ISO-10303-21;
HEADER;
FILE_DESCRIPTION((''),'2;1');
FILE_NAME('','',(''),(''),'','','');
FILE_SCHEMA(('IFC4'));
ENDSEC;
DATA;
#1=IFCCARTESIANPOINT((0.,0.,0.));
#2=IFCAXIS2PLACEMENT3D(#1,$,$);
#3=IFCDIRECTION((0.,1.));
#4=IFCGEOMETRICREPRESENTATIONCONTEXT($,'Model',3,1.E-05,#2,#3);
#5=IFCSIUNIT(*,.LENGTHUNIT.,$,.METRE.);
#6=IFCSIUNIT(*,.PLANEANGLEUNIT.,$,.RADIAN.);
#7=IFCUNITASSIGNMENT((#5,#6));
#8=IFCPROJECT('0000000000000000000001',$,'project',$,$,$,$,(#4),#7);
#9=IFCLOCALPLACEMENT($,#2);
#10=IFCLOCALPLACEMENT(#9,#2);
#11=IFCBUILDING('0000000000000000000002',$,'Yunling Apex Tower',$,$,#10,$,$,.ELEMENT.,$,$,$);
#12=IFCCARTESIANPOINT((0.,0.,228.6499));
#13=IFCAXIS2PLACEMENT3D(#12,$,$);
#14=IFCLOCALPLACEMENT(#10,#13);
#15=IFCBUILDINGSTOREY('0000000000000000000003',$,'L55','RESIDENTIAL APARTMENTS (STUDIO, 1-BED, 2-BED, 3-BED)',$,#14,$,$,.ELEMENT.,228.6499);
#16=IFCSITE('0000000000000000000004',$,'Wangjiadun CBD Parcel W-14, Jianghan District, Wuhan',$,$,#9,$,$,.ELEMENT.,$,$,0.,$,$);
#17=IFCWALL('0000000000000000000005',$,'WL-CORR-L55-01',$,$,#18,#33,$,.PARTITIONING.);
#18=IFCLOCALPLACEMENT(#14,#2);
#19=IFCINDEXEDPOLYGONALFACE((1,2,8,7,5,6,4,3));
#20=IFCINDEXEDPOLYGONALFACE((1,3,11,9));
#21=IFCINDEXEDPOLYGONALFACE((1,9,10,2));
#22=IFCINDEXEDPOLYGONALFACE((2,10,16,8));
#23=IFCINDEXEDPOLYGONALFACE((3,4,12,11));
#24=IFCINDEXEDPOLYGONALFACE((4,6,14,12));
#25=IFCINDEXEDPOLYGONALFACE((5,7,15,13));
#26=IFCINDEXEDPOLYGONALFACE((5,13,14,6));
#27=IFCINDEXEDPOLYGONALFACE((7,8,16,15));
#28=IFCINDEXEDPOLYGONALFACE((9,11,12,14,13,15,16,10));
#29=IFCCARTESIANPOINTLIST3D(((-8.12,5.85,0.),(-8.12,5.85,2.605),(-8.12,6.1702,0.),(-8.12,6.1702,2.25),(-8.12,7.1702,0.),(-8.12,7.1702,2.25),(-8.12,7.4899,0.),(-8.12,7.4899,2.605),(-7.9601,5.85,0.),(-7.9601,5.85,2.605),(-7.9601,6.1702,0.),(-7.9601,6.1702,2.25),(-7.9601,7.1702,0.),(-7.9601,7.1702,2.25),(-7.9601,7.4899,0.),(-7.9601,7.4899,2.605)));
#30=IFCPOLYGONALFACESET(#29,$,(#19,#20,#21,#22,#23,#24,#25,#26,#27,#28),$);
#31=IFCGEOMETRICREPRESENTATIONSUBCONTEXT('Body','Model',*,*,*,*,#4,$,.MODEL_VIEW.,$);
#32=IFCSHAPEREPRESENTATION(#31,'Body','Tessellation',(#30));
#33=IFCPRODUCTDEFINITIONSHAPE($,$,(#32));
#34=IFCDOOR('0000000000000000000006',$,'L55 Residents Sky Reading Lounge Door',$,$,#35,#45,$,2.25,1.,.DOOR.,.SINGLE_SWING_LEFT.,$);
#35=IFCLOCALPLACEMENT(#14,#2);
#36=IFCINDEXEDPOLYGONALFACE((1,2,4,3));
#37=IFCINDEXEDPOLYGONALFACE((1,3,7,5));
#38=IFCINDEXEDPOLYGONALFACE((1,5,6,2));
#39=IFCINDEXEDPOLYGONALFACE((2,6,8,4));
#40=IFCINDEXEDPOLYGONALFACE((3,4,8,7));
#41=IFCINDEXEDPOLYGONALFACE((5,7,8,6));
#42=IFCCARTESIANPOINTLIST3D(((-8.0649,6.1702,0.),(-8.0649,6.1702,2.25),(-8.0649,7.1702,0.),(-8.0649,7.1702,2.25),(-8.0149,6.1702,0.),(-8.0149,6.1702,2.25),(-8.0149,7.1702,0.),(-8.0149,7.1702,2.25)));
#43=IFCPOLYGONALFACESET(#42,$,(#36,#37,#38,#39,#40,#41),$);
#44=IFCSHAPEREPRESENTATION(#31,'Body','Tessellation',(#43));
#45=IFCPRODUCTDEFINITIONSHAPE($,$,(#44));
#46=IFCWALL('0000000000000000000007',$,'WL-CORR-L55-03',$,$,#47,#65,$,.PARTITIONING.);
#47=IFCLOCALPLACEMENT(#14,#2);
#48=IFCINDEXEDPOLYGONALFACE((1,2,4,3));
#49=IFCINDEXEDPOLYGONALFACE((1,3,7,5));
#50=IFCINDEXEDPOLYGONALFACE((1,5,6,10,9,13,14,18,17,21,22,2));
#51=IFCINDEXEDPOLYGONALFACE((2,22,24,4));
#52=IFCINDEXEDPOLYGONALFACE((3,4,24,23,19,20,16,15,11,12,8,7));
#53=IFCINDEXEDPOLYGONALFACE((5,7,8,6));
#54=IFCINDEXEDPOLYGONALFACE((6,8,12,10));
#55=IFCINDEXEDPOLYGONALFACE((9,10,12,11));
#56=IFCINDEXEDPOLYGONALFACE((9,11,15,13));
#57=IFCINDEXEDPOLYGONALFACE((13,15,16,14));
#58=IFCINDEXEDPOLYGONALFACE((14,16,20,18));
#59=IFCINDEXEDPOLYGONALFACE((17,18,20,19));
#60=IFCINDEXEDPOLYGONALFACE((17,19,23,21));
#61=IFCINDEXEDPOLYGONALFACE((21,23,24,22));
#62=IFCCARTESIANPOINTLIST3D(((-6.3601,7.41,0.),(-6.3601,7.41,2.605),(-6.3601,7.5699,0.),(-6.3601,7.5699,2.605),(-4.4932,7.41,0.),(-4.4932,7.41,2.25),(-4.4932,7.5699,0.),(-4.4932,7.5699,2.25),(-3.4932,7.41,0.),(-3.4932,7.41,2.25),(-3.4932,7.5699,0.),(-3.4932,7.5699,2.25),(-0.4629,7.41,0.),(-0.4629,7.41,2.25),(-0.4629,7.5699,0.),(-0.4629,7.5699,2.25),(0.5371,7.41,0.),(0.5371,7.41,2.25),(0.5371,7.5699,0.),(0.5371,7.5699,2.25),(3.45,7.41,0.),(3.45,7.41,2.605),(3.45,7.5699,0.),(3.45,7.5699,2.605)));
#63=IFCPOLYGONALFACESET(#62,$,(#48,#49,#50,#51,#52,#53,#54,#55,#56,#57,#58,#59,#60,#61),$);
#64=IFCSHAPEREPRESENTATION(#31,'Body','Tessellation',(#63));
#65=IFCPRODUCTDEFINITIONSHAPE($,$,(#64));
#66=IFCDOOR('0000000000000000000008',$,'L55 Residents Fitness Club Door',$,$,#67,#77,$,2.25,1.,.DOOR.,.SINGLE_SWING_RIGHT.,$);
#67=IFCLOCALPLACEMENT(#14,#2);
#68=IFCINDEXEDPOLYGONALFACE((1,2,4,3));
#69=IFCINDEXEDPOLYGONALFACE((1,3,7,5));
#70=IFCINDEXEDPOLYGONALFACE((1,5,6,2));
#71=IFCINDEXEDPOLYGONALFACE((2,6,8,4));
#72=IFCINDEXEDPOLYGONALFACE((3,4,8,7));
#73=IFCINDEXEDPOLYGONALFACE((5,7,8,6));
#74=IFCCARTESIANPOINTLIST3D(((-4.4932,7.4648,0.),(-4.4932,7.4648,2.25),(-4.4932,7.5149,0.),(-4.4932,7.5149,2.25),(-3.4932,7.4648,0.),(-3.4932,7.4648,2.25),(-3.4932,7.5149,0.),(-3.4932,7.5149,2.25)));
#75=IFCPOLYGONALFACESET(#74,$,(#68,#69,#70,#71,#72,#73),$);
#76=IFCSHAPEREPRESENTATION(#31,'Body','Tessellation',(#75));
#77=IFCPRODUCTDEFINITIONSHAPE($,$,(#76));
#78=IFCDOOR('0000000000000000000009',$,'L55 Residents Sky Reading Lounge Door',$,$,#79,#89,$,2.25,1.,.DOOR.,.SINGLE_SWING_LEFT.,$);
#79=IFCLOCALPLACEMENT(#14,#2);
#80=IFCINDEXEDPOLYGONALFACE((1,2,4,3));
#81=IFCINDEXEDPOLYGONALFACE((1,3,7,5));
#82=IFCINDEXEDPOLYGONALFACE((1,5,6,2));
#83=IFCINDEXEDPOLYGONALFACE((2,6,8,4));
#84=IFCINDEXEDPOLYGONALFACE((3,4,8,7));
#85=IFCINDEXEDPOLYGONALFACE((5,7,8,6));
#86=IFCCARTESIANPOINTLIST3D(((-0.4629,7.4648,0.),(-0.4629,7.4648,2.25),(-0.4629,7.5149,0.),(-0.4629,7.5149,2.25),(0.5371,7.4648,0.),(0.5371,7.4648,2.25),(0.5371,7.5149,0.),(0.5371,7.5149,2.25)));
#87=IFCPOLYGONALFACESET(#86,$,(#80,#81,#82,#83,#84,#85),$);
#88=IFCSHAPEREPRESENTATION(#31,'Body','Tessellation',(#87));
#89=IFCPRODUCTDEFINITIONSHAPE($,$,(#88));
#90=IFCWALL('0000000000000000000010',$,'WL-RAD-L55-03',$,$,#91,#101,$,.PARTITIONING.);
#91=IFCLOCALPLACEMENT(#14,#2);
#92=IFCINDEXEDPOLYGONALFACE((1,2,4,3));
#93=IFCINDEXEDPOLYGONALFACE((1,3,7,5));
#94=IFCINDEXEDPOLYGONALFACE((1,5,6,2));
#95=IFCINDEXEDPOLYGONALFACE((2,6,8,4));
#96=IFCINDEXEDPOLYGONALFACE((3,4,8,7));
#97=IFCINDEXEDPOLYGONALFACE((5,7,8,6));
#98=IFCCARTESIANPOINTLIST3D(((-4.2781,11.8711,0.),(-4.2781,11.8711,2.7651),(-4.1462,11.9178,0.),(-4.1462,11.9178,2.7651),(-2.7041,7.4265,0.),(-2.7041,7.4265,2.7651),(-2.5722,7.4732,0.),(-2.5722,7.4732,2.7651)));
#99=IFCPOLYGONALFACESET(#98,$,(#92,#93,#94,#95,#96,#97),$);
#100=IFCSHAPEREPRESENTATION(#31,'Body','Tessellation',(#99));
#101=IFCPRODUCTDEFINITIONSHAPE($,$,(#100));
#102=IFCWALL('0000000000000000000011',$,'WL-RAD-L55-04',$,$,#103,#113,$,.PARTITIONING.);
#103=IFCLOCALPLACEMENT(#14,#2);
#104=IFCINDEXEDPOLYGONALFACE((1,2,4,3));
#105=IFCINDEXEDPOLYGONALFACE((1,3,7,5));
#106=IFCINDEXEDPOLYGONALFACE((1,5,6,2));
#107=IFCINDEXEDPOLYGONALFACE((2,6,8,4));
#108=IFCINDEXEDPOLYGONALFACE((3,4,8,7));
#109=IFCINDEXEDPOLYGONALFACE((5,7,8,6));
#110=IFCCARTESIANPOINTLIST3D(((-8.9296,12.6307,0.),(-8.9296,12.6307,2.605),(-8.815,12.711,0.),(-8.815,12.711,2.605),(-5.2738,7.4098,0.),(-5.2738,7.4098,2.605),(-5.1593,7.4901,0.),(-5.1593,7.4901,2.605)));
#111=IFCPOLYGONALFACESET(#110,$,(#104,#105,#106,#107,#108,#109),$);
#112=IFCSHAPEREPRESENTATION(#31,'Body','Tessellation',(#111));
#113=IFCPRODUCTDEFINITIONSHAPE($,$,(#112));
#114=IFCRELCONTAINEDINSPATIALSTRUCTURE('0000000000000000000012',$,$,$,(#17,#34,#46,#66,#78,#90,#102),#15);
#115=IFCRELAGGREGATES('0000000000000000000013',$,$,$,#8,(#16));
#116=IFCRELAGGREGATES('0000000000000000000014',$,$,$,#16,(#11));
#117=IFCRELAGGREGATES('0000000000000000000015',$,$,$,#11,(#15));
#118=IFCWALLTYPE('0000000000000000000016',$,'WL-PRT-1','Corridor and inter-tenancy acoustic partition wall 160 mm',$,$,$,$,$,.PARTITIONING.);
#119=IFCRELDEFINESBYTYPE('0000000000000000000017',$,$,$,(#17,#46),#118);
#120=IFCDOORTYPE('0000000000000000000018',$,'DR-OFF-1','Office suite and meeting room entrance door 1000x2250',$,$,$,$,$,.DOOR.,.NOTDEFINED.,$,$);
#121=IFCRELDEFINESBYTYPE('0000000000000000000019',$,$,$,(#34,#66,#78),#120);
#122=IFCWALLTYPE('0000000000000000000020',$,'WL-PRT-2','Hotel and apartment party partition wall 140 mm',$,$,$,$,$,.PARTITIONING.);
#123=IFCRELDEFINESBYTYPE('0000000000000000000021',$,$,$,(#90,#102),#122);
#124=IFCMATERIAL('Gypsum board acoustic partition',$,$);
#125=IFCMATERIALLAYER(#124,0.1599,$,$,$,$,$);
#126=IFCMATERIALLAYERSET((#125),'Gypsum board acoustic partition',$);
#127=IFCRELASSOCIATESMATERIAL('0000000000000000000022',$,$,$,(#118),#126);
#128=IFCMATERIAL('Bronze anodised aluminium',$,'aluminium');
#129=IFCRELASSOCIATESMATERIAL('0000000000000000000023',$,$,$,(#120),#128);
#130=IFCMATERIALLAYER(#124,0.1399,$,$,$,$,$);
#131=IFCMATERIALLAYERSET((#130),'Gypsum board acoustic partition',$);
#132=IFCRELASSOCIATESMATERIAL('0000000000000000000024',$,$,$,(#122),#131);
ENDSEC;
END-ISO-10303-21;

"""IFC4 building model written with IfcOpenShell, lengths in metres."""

from ifc_helpers import new_model, si_unit, direction, frame, frame_2d, origin, place, context, subcontext, project, spatial, rectangle, extrude, material, layer, layer_set, type_object, element, fill, save


model = new_model("IFC4")

# Units and contexts
model_context = context("Model", 3, precision=1e-05, world=origin(), true_north=direction((0.0, 1.0)))
body_context = subcontext(model_context, "Body", "Model", "MODEL_VIEW")
ifc_project = project(units=[si_unit("LENGTHUNIT", "METRE"), si_unit("PLANEANGLEUNIT", "RADIAN")], contexts=[model_context])

# Site, building, storey
site_placement = place(None, origin())
site = spatial("IfcSite", under=ifc_project, at=site_placement, Name="Wangjiadun CBD Parcel W-14, Jianghan District, Wuhan", CompositionType="ELEMENT", RefElevation=0.0)
building_placement = place(site_placement, origin())
building = spatial("IfcBuilding", under=site, at=building_placement, Name="Yunling Apex Tower", CompositionType="ELEMENT")
storey_placement = place(building_placement, frame((0.0, 0.0, 228.6499)))
storey = spatial("IfcBuildingStorey", under=building, at=storey_placement, Name="L55", Description="RESIDENTIAL APARTMENTS (STUDIO, 1-BED, 2-BED, 3-BED)", CompositionType="ELEMENT", Elevation=228.6499)

# Shared definitions
ifc_material_1 = material(Name="Bronze anodised aluminium", Category="aluminium")

# Wall, opening, door
ifc_material_2 = material(Name="Gypsum board acoustic partition")
ifc_layer_1 = layer(ifc_material_2, 0.1599)
ifc_layer_set_1 = layer_set([ifc_layer_1], Name="Gypsum board acoustic partition")
wall_type_1 = type_object("IfcWallType", Name="WL-PRT-1", Description="Corridor and inter-tenancy acoustic partition wall 160 mm", PredefinedType="PARTITIONING", material=ifc_layer_set_1)
wall_1_placement = place(storey_placement, frame((-8.04, 5.8501, 0.0), z_axis=(0.0, 0.0, 1.0), x_axis=(0.0, 1.0, 0.0)))
wall_1 = element("IfcWall", 1, at=wall_1_placement, inside=storey, type_object=wall_type_1, Name="WL-CORR-L55-01", PredefinedType="PARTITIONING", context=body_context, shape_type="SweptSolid", body=[
    extrude(rectangle(XDim=1.6399, YDim=0.1599, at=frame_2d((0.8198, 0.0))), origin(), (0.0, 0.0, 1.0), 2.605),
])
opening_1_placement = place(wall_1_placement, frame((0.3201, 0.0, 0.0)))
opening_1 = element("IfcOpeningElement", 2, at=opening_1_placement, cuts=wall_1, PredefinedType="OPENING", context=body_context, shape_type="SweptSolid", body=[
    extrude(rectangle(XDim=1.0, YDim=2.25, at=frame_2d((0.5, 1.125))), frame((0.0, 0.0898, 0.0), z_axis=(0.0, -1.0, 0.0), x_axis=(1.0, 0.0, 0.0)), (0.0, 0.0, 1.0), 0.1799),
])
door_type = type_object("IfcDoorType", Name="DR-OFF-1", Description="Office suite and meeting room entrance door 1000x2250", OperationType="NOTDEFINED", PredefinedType="DOOR", material=ifc_material_1)
door_1_placement = place(opening_1_placement, origin())
door_1 = element("IfcDoor", 3, at=door_1_placement, inside=storey, type_object=door_type, Name="L55 Residents Sky Reading Lounge Door", OperationType="SINGLE_SWING_LEFT", OverallHeight=2.25, OverallWidth=1.0, PredefinedType="DOOR", context=body_context, shape_type="SweptSolid", body=[
    extrude(rectangle(XDim=1.0, YDim=2.25, at=frame_2d((0.5, 1.125))), frame((0.0, 0.0249, 0.0), z_axis=(0.0, -1.0, 0.0), x_axis=(1.0, 0.0, 0.0)), (0.0, 0.0, 1.0), 0.05),
])
fill(opening_1, door_1)

# Wall, openings, doors
wall_2_placement = place(storey_placement, frame((-6.3601, 7.49, 0.0), z_axis=(0.0, 0.0, 1.0), x_axis=(1.0, 0.0, 0.0)))
wall_2 = element("IfcWall", 4, at=wall_2_placement, inside=storey, type_object=wall_type_1, Name="WL-CORR-L55-03", PredefinedType="PARTITIONING", context=body_context, shape_type="SweptSolid", body=[
    extrude(rectangle(XDim=9.8101, YDim=0.1599, at=frame_2d((4.905, 0.0))), origin(), (0.0, 0.0, 1.0), 2.605),
])
opening_2_placement = place(wall_2_placement, frame((1.8669, 0.0, 0.0)))
opening_2 = element("IfcOpeningElement", 5, at=opening_2_placement, cuts=wall_2, PredefinedType="OPENING", context=body_context, shape_type="SweptSolid", body=[
    extrude(rectangle(XDim=1.0, YDim=2.25, at=frame_2d((0.5, 1.125))), frame((0.0, 0.0898, 0.0), z_axis=(0.0, -1.0, 0.0), x_axis=(1.0, 0.0, 0.0)), (0.0, 0.0, 1.0), 0.1799),
])
opening_3_placement = place(wall_2_placement, frame((5.8972, 0.0, 0.0)))
opening_3 = element("IfcOpeningElement", 6, at=opening_3_placement, cuts=wall_2, PredefinedType="OPENING", context=body_context, shape_type="SweptSolid", body=[
    extrude(rectangle(XDim=1.0, YDim=2.25, at=frame_2d((0.5, 1.125))), frame((0.0, 0.0898, 0.0), z_axis=(0.0, -1.0, 0.0), x_axis=(1.0, 0.0, 0.0)), (0.0, 0.0, 1.0), 0.1799),
])
door_2_placement = place(opening_2_placement, origin())
door_2 = element("IfcDoor", 7, at=door_2_placement, inside=storey, type_object=door_type, Name="L55 Residents Fitness Club Door", OperationType="SINGLE_SWING_RIGHT", OverallHeight=2.25, OverallWidth=1.0, PredefinedType="DOOR", context=body_context, shape_type="SweptSolid", body=[
    extrude(rectangle(XDim=1.0, YDim=2.25, at=frame_2d((0.5, 1.125))), frame((0.0, 0.0249, 0.0), z_axis=(0.0, -1.0, 0.0), x_axis=(1.0, 0.0, 0.0)), (0.0, 0.0, 1.0), 0.05),
])
fill(opening_2, door_2)
door_3_placement = place(opening_3_placement, origin())
door_3 = element("IfcDoor", 8, at=door_3_placement, inside=storey, type_object=door_type, Name="L55 Residents Sky Reading Lounge Door", OperationType="SINGLE_SWING_LEFT", OverallHeight=2.25, OverallWidth=1.0, PredefinedType="DOOR", context=body_context, shape_type="SweptSolid", body=[
    extrude(rectangle(XDim=1.0, YDim=2.25, at=frame_2d((0.5, 1.125))), frame((0.0, 0.0249, 0.0), z_axis=(0.0, -1.0, 0.0), x_axis=(1.0, 0.0, 0.0)), (0.0, 0.0, 1.0), 0.05),
])
fill(opening_3, door_3)

# Walls
ifc_layer_2 = layer(ifc_material_2, 0.1399)
ifc_layer_set_2 = layer_set([ifc_layer_2], Name="Gypsum board acoustic partition")
wall_type_2 = type_object("IfcWallType", Name="WL-PRT-2", Description="Hotel and apartment party partition wall 140 mm", PredefinedType="PARTITIONING", material=ifc_layer_set_2)
wall_3_placement = place(storey_placement, frame((-2.6382, 7.45, 0.0), z_axis=(0.0, 0.0, 1.0), x_axis=(-0.333819, 0.942637, 0.0)))
element("IfcWall", 9, at=wall_3_placement, inside=storey, type_object=wall_type_2, Name="WL-RAD-L55-03", PredefinedType="PARTITIONING", context=body_context, shape_type="SweptSolid", body=[
    extrude(rectangle(XDim=4.7151, YDim=0.1399, at=frame_2d((2.3574, 0.0))), origin(), (0.0, 0.0, 1.0), 2.7651),
])
wall_4_placement = place(storey_placement, frame((-5.2166, 7.45, 0.0), z_axis=(0.0, 0.0, 1.0), x_axis=(-0.573578, 0.819151, 0.0)))
element("IfcWall", 10, at=wall_4_placement, inside=storey, type_object=wall_type_2, Name="WL-RAD-L55-04", PredefinedType="PARTITIONING", context=body_context, shape_type="SweptSolid", body=[
    extrude(rectangle(XDim=6.3735, YDim=0.1399, at=frame_2d((3.1868, 0.0))), origin(), (0.0, 0.0, 1.0), 2.605),
])

save(model, "model.ifc")
